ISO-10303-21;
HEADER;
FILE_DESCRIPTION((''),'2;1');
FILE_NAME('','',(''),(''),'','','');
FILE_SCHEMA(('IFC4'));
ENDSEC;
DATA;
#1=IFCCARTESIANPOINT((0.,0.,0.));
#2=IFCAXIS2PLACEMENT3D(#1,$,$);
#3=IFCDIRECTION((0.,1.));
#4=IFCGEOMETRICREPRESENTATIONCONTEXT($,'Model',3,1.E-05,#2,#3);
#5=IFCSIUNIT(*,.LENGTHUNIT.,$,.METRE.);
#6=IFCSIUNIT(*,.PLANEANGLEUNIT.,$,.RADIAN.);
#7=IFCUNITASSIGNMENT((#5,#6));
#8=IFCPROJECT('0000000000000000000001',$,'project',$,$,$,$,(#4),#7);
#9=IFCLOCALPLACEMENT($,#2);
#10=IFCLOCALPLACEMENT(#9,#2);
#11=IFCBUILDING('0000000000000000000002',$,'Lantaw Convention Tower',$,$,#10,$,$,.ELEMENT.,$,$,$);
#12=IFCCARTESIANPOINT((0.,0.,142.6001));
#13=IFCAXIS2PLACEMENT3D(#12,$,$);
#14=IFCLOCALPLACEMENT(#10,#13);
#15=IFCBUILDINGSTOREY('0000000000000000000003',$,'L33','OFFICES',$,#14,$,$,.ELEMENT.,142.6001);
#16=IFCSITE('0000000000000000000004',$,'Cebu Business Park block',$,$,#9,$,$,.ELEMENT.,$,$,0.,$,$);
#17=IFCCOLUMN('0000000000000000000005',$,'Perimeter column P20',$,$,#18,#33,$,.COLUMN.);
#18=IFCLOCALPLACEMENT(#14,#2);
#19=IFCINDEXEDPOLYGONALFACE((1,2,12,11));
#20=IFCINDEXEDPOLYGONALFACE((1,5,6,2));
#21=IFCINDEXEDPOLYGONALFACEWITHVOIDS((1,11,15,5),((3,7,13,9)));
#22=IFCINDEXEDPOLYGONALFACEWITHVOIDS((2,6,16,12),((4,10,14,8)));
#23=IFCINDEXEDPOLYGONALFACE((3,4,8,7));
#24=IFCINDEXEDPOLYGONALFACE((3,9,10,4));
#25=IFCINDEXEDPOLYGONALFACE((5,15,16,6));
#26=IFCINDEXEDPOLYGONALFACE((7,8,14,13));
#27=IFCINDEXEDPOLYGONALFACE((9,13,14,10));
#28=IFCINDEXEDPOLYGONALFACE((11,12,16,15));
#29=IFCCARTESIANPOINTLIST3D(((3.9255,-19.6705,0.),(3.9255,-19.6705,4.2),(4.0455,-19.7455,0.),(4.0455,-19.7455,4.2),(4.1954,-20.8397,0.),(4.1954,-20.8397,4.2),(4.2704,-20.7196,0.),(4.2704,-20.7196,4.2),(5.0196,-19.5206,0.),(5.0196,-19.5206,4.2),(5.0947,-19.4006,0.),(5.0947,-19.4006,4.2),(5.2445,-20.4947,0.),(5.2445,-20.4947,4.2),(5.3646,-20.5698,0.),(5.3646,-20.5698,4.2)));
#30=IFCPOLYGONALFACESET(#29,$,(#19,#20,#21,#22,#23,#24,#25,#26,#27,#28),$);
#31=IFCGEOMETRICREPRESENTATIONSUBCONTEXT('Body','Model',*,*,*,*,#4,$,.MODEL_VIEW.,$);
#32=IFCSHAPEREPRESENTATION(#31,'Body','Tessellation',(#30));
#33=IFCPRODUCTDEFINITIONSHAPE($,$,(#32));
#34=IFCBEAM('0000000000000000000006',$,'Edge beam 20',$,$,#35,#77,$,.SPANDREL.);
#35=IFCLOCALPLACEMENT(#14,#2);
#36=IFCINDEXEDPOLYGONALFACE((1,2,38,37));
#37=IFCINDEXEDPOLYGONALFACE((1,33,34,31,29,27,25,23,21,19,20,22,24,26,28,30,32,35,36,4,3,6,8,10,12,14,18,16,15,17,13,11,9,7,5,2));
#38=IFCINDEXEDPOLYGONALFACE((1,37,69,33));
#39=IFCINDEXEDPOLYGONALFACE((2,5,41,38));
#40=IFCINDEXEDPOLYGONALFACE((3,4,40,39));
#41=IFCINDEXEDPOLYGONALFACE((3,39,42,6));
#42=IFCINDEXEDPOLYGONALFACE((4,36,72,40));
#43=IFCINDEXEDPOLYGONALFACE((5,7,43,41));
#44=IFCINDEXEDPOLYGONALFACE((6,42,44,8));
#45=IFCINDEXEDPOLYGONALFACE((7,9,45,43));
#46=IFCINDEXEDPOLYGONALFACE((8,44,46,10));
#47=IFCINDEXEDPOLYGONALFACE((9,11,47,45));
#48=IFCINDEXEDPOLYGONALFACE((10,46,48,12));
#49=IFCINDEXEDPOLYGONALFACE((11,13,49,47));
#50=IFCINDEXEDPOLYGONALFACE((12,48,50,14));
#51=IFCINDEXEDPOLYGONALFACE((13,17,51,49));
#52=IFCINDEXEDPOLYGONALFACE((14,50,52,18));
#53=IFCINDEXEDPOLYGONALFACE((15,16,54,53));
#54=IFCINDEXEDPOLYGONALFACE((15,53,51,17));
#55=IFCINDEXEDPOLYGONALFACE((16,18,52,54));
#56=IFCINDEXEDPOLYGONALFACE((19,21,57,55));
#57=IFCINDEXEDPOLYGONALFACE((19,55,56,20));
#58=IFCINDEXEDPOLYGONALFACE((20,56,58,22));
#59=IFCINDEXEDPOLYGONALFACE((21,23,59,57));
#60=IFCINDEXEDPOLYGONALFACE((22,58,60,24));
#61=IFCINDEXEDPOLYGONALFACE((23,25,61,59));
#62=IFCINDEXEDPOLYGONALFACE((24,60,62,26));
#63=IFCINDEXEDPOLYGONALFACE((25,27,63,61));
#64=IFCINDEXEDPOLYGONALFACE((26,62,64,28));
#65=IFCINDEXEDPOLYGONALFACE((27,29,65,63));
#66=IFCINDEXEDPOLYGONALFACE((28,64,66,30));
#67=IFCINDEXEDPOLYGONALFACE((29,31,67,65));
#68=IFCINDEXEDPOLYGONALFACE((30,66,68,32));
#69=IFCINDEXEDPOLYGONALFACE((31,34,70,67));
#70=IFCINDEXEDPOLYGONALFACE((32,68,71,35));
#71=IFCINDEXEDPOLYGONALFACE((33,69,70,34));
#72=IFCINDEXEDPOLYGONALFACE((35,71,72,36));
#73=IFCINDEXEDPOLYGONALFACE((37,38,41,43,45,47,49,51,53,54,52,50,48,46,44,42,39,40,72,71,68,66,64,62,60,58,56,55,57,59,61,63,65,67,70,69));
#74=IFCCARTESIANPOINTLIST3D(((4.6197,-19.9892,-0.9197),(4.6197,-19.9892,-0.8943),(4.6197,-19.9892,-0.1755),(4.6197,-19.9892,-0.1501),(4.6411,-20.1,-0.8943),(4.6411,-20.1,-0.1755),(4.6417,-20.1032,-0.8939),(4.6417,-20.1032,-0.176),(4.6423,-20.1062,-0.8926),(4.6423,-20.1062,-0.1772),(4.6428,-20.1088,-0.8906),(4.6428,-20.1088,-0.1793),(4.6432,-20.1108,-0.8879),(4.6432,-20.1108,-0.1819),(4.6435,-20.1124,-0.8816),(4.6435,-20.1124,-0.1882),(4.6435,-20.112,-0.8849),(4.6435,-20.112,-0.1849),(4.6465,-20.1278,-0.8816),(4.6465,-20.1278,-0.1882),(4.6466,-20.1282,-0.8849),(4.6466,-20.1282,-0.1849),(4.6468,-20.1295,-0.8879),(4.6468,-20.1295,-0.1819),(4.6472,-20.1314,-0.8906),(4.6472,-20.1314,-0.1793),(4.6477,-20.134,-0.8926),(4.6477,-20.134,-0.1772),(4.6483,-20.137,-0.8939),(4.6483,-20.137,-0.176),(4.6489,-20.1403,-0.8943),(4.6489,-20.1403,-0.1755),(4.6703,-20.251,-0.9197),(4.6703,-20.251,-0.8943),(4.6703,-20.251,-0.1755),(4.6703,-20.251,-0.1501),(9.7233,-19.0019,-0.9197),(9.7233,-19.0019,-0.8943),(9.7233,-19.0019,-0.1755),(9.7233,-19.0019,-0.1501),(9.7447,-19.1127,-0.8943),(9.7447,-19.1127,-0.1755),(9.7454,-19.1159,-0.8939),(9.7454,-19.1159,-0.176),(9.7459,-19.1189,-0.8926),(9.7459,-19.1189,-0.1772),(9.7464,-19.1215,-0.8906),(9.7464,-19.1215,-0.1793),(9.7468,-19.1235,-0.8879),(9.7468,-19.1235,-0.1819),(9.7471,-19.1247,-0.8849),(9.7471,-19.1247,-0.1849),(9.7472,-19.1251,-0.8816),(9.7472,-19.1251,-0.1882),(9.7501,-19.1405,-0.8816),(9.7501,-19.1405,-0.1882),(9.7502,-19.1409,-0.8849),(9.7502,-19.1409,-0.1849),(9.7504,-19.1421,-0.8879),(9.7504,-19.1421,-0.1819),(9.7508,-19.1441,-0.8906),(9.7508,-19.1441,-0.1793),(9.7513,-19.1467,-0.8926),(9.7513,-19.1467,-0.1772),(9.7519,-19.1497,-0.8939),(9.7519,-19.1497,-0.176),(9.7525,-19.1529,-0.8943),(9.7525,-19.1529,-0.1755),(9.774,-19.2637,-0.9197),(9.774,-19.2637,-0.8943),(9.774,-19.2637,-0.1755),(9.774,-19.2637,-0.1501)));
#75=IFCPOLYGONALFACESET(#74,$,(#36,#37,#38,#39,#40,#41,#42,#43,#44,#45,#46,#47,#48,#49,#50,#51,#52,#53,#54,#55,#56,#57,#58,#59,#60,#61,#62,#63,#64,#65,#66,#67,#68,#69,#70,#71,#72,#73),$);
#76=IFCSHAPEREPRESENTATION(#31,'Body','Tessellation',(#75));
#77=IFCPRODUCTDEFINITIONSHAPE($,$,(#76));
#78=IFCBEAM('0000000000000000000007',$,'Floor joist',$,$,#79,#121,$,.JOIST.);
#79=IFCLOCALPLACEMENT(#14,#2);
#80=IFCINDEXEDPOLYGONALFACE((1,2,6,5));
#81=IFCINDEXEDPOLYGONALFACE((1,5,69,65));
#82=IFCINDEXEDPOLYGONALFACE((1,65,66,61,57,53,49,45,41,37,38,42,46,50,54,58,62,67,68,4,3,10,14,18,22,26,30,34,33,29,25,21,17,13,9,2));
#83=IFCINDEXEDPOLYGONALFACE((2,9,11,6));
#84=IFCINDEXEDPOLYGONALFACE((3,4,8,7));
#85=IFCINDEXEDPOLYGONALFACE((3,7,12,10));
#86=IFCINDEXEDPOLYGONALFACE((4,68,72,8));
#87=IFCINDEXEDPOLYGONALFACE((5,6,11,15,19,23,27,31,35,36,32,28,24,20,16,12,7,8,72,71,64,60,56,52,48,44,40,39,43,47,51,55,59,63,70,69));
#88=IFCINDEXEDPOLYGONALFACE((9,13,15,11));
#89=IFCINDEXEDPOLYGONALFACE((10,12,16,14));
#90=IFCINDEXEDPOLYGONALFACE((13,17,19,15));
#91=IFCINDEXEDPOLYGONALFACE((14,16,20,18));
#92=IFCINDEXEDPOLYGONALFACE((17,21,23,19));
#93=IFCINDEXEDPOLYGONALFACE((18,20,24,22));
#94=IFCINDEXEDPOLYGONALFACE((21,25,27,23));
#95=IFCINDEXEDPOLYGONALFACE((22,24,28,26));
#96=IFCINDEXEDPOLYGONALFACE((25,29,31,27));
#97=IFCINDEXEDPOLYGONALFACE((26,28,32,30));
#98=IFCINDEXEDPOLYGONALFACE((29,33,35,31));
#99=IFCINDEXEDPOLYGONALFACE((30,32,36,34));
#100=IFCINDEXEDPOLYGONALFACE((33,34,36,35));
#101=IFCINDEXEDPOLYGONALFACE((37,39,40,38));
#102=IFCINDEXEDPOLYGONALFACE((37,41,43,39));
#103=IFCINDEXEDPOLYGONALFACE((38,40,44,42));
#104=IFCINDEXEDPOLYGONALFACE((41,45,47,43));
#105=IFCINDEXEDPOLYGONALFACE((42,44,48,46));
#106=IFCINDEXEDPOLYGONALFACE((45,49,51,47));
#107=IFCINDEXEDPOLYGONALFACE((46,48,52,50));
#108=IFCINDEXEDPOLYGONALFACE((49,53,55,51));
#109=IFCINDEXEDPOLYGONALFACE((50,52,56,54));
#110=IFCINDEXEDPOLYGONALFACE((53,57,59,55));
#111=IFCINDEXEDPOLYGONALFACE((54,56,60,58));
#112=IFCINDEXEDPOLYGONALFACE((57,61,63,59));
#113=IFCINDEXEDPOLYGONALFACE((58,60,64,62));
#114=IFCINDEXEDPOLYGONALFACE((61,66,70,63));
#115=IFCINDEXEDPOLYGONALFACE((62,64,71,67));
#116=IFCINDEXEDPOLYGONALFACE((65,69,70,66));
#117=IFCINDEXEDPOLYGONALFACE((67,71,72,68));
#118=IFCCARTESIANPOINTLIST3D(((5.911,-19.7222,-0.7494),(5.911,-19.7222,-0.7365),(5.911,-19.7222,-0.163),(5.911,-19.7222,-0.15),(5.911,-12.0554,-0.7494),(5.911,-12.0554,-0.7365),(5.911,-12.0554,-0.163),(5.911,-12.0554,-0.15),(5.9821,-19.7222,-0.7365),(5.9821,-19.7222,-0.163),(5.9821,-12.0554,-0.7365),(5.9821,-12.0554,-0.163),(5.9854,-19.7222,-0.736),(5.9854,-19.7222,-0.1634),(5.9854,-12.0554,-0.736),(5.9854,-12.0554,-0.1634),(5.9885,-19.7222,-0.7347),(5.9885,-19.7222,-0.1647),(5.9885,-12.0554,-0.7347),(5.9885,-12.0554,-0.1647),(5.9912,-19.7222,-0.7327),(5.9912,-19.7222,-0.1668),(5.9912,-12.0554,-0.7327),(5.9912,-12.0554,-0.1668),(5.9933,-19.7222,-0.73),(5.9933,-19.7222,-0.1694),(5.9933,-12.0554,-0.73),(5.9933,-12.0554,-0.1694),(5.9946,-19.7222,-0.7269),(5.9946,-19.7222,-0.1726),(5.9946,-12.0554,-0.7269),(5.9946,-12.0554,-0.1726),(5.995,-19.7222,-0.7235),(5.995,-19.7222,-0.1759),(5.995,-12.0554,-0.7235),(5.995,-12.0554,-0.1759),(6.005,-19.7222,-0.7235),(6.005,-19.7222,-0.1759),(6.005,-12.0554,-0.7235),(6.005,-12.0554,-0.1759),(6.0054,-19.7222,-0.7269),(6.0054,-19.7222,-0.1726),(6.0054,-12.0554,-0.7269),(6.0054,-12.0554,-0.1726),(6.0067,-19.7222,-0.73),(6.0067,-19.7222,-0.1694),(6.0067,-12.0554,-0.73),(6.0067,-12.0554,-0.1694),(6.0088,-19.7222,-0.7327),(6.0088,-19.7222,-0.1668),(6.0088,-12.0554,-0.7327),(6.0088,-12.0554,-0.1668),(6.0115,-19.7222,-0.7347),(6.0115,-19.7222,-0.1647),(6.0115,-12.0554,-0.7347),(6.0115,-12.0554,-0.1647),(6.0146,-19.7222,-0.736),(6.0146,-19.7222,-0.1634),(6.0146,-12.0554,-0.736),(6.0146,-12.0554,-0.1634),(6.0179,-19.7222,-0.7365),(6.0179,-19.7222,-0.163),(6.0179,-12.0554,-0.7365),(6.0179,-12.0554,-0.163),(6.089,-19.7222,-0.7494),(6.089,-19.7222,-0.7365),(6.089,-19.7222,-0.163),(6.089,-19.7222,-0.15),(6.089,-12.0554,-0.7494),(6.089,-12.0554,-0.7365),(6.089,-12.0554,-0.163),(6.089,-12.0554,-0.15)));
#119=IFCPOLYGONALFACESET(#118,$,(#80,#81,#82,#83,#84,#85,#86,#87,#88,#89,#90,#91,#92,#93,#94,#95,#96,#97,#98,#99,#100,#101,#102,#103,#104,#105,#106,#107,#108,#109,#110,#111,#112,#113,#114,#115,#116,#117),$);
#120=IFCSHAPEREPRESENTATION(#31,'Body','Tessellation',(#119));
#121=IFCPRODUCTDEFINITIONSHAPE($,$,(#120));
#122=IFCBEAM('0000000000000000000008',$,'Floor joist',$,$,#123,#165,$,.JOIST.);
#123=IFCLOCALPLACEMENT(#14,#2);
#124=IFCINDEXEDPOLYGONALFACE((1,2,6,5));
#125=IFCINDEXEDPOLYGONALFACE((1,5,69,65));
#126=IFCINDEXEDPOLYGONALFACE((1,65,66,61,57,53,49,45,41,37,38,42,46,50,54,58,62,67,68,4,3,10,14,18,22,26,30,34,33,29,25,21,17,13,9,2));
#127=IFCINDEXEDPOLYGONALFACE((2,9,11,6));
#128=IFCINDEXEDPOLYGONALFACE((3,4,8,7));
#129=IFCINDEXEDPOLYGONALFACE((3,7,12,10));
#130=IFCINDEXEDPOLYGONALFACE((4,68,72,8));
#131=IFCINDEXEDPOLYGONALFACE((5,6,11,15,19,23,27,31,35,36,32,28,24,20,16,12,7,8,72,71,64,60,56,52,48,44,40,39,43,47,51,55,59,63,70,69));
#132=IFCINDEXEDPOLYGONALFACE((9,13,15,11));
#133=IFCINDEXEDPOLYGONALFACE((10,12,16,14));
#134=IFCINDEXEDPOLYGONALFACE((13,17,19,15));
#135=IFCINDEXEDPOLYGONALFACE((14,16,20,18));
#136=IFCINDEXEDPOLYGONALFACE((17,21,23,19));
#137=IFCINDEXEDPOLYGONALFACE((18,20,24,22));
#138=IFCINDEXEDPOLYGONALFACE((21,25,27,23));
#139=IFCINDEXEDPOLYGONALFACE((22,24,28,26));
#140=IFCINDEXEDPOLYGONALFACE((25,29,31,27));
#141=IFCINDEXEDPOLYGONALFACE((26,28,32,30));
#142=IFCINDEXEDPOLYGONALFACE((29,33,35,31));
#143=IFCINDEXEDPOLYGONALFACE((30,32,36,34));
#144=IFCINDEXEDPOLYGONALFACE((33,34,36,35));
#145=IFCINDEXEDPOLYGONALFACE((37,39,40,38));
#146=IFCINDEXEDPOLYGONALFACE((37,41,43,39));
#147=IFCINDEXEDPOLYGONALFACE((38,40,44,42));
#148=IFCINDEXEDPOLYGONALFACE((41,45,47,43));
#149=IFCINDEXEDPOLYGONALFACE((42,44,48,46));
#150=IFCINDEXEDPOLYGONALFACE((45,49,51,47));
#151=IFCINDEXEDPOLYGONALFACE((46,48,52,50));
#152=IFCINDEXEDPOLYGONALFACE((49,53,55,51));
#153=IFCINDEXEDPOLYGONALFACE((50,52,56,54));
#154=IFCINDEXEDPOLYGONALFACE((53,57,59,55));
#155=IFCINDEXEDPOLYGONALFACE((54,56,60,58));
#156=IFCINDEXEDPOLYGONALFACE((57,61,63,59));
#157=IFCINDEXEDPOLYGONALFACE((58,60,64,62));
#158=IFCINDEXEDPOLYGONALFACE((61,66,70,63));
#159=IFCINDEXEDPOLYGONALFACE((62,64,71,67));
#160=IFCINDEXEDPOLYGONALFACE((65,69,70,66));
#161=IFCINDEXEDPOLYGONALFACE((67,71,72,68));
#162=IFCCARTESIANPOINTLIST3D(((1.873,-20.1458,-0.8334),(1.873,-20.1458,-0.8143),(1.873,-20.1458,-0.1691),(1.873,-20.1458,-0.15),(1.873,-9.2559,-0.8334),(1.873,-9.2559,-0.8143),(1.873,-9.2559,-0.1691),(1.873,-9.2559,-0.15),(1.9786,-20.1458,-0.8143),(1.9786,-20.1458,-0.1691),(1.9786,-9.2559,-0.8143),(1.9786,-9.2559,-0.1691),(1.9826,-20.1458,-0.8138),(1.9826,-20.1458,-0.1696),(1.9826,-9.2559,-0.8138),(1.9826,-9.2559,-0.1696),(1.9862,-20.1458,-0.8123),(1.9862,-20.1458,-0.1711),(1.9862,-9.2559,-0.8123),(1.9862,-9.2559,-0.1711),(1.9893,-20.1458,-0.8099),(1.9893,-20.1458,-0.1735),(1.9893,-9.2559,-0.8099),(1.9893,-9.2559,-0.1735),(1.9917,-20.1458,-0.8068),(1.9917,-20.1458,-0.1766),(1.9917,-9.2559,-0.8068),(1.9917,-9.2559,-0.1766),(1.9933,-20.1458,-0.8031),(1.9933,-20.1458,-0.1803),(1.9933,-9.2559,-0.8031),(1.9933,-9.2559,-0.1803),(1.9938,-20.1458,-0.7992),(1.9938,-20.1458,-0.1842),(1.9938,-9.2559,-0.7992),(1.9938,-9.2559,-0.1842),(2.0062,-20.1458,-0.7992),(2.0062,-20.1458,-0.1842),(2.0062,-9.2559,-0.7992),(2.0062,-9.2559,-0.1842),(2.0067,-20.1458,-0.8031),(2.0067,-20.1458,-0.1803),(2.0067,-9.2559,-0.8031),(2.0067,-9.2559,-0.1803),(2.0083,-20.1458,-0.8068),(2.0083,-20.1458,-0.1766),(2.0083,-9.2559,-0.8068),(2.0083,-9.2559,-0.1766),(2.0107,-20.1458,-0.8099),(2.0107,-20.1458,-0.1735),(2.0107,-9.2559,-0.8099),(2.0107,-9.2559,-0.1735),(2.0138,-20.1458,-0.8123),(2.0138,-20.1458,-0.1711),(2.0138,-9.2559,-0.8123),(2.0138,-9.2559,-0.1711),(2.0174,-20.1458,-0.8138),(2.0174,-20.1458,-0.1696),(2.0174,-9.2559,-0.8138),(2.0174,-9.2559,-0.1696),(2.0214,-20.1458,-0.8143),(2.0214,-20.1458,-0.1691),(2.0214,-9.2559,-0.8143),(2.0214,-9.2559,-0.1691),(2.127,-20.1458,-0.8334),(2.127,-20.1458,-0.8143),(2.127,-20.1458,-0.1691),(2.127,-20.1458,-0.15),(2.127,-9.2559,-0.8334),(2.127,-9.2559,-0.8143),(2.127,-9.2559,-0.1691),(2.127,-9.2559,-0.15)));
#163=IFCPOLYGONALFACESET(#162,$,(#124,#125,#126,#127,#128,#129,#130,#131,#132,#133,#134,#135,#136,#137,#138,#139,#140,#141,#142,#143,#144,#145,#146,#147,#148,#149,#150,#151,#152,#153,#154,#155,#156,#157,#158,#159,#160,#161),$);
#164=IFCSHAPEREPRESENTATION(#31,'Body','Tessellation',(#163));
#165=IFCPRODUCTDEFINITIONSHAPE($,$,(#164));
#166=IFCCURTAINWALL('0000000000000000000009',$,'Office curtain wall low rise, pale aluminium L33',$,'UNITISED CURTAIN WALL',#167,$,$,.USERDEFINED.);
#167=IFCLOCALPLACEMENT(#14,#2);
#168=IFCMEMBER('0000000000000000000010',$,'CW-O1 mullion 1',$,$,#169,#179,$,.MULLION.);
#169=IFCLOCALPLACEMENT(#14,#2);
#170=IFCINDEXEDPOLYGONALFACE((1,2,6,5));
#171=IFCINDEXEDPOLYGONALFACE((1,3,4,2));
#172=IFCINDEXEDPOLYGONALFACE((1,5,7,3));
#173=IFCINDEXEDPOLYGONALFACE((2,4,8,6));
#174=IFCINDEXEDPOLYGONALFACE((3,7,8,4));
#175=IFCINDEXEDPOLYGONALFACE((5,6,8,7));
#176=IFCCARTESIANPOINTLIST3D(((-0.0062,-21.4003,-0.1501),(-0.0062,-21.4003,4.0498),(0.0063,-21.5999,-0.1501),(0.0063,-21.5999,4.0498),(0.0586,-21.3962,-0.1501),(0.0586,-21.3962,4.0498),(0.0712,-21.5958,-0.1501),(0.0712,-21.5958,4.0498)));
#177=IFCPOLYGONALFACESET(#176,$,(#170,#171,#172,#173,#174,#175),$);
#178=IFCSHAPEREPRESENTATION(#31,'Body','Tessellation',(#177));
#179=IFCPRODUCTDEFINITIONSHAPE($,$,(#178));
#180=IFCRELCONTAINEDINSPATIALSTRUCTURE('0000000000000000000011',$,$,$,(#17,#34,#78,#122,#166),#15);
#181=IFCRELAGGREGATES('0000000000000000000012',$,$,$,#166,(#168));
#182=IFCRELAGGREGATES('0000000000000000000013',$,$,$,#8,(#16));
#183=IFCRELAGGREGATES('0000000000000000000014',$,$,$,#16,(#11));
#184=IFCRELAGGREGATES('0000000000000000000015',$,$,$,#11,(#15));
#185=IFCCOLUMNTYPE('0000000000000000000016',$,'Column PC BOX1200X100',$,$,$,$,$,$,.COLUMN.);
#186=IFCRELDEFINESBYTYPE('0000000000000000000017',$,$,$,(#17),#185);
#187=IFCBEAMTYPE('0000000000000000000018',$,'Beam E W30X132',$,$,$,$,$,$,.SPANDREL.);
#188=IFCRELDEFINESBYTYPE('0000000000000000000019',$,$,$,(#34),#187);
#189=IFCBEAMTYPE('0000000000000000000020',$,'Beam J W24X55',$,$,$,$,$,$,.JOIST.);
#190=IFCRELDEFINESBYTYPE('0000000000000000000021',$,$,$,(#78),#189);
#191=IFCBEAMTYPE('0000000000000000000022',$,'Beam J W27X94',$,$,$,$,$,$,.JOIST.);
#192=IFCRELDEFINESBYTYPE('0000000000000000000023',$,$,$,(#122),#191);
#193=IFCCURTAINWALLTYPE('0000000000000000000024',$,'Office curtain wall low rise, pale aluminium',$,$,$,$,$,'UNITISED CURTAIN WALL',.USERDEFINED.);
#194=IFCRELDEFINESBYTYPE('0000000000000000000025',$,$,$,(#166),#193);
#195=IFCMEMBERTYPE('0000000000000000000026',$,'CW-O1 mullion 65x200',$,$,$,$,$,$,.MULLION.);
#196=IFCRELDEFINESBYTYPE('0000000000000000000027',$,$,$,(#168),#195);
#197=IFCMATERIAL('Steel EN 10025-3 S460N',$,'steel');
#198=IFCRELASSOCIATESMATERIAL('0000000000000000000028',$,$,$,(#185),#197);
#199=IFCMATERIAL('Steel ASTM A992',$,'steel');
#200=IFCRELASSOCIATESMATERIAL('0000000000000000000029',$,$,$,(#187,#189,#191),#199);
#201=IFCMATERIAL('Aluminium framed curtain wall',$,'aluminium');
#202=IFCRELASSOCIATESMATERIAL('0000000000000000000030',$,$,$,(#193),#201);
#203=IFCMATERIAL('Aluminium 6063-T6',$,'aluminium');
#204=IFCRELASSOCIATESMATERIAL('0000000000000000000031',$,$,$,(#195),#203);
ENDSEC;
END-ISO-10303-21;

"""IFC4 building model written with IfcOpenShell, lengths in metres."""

from ifc_helpers import new_model, si_unit, direction, frame, origin, origin_2d, place, context, subcontext, project, spatial, rectangle, hollow_rectangle, i_section, extrude, material, material_profile, profile_set, type_object, element, aggregate, save


model = new_model("IFC4")

# Units and contexts
model_context = context("Model", 3, precision=1e-05, world=origin(), true_north=direction((0.0, 1.0)))
body_context = subcontext(model_context, "Body", "Model", "MODEL_VIEW")
ifc_project = project(units=[si_unit("LENGTHUNIT", "METRE"), si_unit("PLANEANGLEUNIT", "RADIAN")], contexts=[model_context])

# Site, building, storey
site_placement = place(None, origin())
site = spatial("IfcSite", under=ifc_project, at=site_placement, Name="Cebu Business Park block", CompositionType="ELEMENT", RefElevation=0.0)
building_placement = place(site_placement, origin())
building = spatial("IfcBuilding", under=site, at=building_placement, Name="Lantaw Convention Tower", CompositionType="ELEMENT")
storey_placement = place(building_placement, frame((0.0, 0.0, 142.6001)))
storey = spatial("IfcBuildingStorey", under=building, at=storey_placement, Name="L33", Description="OFFICES", CompositionType="ELEMENT", Elevation=142.6001)

# Column
ifc_material_1 = material(Name="Steel EN 10025-3 S460N", Category="steel")
ifc_material_profile_1 = material_profile(ifc_material_1, hollow_rectangle(XDim=1.2, YDim=1.2, WallThickness=0.1001, at=origin_2d()), Name="BOX1200X100")
ifc_material_2 = material(Name="Concrete C60/75", Category="concrete")
ifc_material_profile_2 = material_profile(ifc_material_2, rectangle(XDim=1.0, YDim=1.0, at=origin_2d()), Name="Concrete fill of BOX1200X100")
ifc_profile_set_1 = profile_set([ifc_material_profile_1, ifc_material_profile_2], Name="Steel EN 10025-3 S460N")
column_type = type_object("IfcColumnType", Name="Column PC BOX1200X100", PredefinedType="COLUMN", material=ifc_profile_set_1)
column_placement = place(storey_placement, frame((4.645, -20.1201, 0.0), z_axis=(0.0, 0.0, 1.0), x_axis=(0.97437, 0.224951, 0.0)))
element("IfcColumn", 1, at=column_placement, inside=storey, type_object=column_type, Name="Perimeter column P20", PredefinedType="COLUMN", context=body_context, shape_type="SweptSolid", body=[
    extrude(hollow_rectangle(XDim=1.2, YDim=1.2, WallThickness=0.1001, at=origin_2d()), origin(), (0.0, 0.0, 1.0), 4.2),
])

# Beams
ifc_material_3 = material(Name="Steel ASTM A992", Category="steel")
ifc_material_profile_3 = material_profile(ifc_material_3, i_section(OverallWidth=0.2666, OverallDepth=0.7695, WebThickness=0.0156, FlangeThickness=0.0254, FilletRadius=0.0127, at=origin_2d()), Name="W30X132")
ifc_profile_set_2 = profile_set([ifc_material_profile_3], Name="Steel ASTM A992")
beam_type_1 = type_object("IfcBeamType", Name="Beam E W30X132", PredefinedType="SPANDREL", material=ifc_profile_set_2)
beam_1_placement = place(storey_placement, frame((4.645, -20.1201, -0.5349), z_axis=(0.981797, 0.189934, 0.0), x_axis=(-0.189934, 0.981797, 0.0)))
element("IfcBeam", 2, at=beam_1_placement, inside=storey, type_object=beam_type_1, Name="Edge beam 20", PredefinedType="SPANDREL", context=body_context, shape_type="SweptSolid", body=[
    extrude(i_section(OverallWidth=0.2666, OverallDepth=0.7695, WebThickness=0.0156, FlangeThickness=0.0254, FilletRadius=0.0127, at=origin_2d()), origin(), (0.0, 0.0, 1.0), 5.1982),
])
ifc_material_profile_4 = material_profile(ifc_material_3, i_section(OverallWidth=0.178, OverallDepth=0.5994, WebThickness=0.01, FlangeThickness=0.0129, FilletRadius=0.0129, at=origin_2d()), Name="W24X55")
ifc_profile_set_3 = profile_set([ifc_material_profile_4], Name="Steel ASTM A992")
beam_type_2 = type_object("IfcBeamType", Name="Beam J W24X55", PredefinedType="JOIST", material=ifc_profile_set_3)
beam_2_placement = place(storey_placement, frame((6.0, -19.7222, -0.4497), z_axis=(0.0, 1.0, 0.0), x_axis=(-1.0, 0.0, 0.0)))
element("IfcBeam", 3, at=beam_2_placement, inside=storey, type_object=beam_type_2, Name="Floor joist", PredefinedType="JOIST", context=body_context, shape_type="SweptSolid", body=[
    extrude(i_section(OverallWidth=0.178, OverallDepth=0.5994, WebThickness=0.01, FlangeThickness=0.0129, FilletRadius=0.0129, at=origin_2d()), origin(), (0.0, 0.0, 1.0), 7.6667),
])
ifc_material_profile_5 = material_profile(ifc_material_3, i_section(OverallWidth=0.2539, OverallDepth=0.6833, WebThickness=0.0125, FlangeThickness=0.019, FilletRadius=0.0151, at=origin_2d()), Name="W27X94")
ifc_profile_set_4 = profile_set([ifc_material_profile_5], Name="Steel ASTM A992")
beam_type_3 = type_object("IfcBeamType", Name="Beam J W27X94", PredefinedType="JOIST", material=ifc_profile_set_4)
beam_3_placement = place(storey_placement, frame((2.0, -20.1458, -0.4917), z_axis=(0.0, 1.0, 0.0), x_axis=(-1.0, 0.0, 0.0)))
element("IfcBeam", 4, at=beam_3_placement, inside=storey, type_object=beam_type_3, Name="Floor joist", PredefinedType="JOIST", context=body_context, shape_type="SweptSolid", body=[
    extrude(i_section(OverallWidth=0.2539, OverallDepth=0.6833, WebThickness=0.0125, FlangeThickness=0.019, FilletRadius=0.0151, at=origin_2d()), origin(), (0.0, 0.0, 1.0), 10.8899),
])

# Curtain wall, member
ifc_material_4 = material(Name="Aluminium framed curtain wall", Category="aluminium")
curtain_wall_type = type_object("IfcCurtainWallType", Name="Office curtain wall low rise, pale aluminium", ElementType="UNITISED CURTAIN WALL", PredefinedType="USERDEFINED", material=ifc_material_4)
curtain_wall_1_placement = place(storey_placement, origin())
curtain_wall_1 = element("IfcCurtainWall", 5, at=curtain_wall_1_placement, inside=storey, type_object=curtain_wall_type, Name="Office curtain wall low rise, pale aluminium L33", ObjectType="UNITISED CURTAIN WALL", PredefinedType="USERDEFINED")
ifc_material_5 = material(Name="Aluminium 6063-T6", Category="aluminium")
ifc_material_profile_6 = material_profile(ifc_material_5, rectangle(XDim=0.2, YDim=0.0649, at=origin_2d()), Name="CW-O1 mullion 65x200")
ifc_profile_set_5 = profile_set([ifc_material_profile_6], Name="Aluminium 6063-T6")
member_type_1 = type_object("IfcMemberType", Name="CW-O1 mullion 65x200", PredefinedType="MULLION", material=ifc_profile_set_5)
member_1_placement = place(storey_placement, frame((0.0325, -21.498, -0.1501), z_axis=(0.0, 0.0, 1.0), x_axis=(-0.062865, 0.998022, 0.0)))
member_1 = element("IfcMember", 6, at=member_1_placement, type_object=member_type_1, Name="CW-O1 mullion 1", PredefinedType="MULLION", context=body_context, shape_type="SweptSolid", body=[
    extrude(rectangle(XDim=0.2, YDim=0.0649, at=origin_2d()), origin(), (0.0, 0.0, 1.0), 4.2),
])

aggregate(curtain_wall_1, [member_1])

save(model, "model.ifc")
